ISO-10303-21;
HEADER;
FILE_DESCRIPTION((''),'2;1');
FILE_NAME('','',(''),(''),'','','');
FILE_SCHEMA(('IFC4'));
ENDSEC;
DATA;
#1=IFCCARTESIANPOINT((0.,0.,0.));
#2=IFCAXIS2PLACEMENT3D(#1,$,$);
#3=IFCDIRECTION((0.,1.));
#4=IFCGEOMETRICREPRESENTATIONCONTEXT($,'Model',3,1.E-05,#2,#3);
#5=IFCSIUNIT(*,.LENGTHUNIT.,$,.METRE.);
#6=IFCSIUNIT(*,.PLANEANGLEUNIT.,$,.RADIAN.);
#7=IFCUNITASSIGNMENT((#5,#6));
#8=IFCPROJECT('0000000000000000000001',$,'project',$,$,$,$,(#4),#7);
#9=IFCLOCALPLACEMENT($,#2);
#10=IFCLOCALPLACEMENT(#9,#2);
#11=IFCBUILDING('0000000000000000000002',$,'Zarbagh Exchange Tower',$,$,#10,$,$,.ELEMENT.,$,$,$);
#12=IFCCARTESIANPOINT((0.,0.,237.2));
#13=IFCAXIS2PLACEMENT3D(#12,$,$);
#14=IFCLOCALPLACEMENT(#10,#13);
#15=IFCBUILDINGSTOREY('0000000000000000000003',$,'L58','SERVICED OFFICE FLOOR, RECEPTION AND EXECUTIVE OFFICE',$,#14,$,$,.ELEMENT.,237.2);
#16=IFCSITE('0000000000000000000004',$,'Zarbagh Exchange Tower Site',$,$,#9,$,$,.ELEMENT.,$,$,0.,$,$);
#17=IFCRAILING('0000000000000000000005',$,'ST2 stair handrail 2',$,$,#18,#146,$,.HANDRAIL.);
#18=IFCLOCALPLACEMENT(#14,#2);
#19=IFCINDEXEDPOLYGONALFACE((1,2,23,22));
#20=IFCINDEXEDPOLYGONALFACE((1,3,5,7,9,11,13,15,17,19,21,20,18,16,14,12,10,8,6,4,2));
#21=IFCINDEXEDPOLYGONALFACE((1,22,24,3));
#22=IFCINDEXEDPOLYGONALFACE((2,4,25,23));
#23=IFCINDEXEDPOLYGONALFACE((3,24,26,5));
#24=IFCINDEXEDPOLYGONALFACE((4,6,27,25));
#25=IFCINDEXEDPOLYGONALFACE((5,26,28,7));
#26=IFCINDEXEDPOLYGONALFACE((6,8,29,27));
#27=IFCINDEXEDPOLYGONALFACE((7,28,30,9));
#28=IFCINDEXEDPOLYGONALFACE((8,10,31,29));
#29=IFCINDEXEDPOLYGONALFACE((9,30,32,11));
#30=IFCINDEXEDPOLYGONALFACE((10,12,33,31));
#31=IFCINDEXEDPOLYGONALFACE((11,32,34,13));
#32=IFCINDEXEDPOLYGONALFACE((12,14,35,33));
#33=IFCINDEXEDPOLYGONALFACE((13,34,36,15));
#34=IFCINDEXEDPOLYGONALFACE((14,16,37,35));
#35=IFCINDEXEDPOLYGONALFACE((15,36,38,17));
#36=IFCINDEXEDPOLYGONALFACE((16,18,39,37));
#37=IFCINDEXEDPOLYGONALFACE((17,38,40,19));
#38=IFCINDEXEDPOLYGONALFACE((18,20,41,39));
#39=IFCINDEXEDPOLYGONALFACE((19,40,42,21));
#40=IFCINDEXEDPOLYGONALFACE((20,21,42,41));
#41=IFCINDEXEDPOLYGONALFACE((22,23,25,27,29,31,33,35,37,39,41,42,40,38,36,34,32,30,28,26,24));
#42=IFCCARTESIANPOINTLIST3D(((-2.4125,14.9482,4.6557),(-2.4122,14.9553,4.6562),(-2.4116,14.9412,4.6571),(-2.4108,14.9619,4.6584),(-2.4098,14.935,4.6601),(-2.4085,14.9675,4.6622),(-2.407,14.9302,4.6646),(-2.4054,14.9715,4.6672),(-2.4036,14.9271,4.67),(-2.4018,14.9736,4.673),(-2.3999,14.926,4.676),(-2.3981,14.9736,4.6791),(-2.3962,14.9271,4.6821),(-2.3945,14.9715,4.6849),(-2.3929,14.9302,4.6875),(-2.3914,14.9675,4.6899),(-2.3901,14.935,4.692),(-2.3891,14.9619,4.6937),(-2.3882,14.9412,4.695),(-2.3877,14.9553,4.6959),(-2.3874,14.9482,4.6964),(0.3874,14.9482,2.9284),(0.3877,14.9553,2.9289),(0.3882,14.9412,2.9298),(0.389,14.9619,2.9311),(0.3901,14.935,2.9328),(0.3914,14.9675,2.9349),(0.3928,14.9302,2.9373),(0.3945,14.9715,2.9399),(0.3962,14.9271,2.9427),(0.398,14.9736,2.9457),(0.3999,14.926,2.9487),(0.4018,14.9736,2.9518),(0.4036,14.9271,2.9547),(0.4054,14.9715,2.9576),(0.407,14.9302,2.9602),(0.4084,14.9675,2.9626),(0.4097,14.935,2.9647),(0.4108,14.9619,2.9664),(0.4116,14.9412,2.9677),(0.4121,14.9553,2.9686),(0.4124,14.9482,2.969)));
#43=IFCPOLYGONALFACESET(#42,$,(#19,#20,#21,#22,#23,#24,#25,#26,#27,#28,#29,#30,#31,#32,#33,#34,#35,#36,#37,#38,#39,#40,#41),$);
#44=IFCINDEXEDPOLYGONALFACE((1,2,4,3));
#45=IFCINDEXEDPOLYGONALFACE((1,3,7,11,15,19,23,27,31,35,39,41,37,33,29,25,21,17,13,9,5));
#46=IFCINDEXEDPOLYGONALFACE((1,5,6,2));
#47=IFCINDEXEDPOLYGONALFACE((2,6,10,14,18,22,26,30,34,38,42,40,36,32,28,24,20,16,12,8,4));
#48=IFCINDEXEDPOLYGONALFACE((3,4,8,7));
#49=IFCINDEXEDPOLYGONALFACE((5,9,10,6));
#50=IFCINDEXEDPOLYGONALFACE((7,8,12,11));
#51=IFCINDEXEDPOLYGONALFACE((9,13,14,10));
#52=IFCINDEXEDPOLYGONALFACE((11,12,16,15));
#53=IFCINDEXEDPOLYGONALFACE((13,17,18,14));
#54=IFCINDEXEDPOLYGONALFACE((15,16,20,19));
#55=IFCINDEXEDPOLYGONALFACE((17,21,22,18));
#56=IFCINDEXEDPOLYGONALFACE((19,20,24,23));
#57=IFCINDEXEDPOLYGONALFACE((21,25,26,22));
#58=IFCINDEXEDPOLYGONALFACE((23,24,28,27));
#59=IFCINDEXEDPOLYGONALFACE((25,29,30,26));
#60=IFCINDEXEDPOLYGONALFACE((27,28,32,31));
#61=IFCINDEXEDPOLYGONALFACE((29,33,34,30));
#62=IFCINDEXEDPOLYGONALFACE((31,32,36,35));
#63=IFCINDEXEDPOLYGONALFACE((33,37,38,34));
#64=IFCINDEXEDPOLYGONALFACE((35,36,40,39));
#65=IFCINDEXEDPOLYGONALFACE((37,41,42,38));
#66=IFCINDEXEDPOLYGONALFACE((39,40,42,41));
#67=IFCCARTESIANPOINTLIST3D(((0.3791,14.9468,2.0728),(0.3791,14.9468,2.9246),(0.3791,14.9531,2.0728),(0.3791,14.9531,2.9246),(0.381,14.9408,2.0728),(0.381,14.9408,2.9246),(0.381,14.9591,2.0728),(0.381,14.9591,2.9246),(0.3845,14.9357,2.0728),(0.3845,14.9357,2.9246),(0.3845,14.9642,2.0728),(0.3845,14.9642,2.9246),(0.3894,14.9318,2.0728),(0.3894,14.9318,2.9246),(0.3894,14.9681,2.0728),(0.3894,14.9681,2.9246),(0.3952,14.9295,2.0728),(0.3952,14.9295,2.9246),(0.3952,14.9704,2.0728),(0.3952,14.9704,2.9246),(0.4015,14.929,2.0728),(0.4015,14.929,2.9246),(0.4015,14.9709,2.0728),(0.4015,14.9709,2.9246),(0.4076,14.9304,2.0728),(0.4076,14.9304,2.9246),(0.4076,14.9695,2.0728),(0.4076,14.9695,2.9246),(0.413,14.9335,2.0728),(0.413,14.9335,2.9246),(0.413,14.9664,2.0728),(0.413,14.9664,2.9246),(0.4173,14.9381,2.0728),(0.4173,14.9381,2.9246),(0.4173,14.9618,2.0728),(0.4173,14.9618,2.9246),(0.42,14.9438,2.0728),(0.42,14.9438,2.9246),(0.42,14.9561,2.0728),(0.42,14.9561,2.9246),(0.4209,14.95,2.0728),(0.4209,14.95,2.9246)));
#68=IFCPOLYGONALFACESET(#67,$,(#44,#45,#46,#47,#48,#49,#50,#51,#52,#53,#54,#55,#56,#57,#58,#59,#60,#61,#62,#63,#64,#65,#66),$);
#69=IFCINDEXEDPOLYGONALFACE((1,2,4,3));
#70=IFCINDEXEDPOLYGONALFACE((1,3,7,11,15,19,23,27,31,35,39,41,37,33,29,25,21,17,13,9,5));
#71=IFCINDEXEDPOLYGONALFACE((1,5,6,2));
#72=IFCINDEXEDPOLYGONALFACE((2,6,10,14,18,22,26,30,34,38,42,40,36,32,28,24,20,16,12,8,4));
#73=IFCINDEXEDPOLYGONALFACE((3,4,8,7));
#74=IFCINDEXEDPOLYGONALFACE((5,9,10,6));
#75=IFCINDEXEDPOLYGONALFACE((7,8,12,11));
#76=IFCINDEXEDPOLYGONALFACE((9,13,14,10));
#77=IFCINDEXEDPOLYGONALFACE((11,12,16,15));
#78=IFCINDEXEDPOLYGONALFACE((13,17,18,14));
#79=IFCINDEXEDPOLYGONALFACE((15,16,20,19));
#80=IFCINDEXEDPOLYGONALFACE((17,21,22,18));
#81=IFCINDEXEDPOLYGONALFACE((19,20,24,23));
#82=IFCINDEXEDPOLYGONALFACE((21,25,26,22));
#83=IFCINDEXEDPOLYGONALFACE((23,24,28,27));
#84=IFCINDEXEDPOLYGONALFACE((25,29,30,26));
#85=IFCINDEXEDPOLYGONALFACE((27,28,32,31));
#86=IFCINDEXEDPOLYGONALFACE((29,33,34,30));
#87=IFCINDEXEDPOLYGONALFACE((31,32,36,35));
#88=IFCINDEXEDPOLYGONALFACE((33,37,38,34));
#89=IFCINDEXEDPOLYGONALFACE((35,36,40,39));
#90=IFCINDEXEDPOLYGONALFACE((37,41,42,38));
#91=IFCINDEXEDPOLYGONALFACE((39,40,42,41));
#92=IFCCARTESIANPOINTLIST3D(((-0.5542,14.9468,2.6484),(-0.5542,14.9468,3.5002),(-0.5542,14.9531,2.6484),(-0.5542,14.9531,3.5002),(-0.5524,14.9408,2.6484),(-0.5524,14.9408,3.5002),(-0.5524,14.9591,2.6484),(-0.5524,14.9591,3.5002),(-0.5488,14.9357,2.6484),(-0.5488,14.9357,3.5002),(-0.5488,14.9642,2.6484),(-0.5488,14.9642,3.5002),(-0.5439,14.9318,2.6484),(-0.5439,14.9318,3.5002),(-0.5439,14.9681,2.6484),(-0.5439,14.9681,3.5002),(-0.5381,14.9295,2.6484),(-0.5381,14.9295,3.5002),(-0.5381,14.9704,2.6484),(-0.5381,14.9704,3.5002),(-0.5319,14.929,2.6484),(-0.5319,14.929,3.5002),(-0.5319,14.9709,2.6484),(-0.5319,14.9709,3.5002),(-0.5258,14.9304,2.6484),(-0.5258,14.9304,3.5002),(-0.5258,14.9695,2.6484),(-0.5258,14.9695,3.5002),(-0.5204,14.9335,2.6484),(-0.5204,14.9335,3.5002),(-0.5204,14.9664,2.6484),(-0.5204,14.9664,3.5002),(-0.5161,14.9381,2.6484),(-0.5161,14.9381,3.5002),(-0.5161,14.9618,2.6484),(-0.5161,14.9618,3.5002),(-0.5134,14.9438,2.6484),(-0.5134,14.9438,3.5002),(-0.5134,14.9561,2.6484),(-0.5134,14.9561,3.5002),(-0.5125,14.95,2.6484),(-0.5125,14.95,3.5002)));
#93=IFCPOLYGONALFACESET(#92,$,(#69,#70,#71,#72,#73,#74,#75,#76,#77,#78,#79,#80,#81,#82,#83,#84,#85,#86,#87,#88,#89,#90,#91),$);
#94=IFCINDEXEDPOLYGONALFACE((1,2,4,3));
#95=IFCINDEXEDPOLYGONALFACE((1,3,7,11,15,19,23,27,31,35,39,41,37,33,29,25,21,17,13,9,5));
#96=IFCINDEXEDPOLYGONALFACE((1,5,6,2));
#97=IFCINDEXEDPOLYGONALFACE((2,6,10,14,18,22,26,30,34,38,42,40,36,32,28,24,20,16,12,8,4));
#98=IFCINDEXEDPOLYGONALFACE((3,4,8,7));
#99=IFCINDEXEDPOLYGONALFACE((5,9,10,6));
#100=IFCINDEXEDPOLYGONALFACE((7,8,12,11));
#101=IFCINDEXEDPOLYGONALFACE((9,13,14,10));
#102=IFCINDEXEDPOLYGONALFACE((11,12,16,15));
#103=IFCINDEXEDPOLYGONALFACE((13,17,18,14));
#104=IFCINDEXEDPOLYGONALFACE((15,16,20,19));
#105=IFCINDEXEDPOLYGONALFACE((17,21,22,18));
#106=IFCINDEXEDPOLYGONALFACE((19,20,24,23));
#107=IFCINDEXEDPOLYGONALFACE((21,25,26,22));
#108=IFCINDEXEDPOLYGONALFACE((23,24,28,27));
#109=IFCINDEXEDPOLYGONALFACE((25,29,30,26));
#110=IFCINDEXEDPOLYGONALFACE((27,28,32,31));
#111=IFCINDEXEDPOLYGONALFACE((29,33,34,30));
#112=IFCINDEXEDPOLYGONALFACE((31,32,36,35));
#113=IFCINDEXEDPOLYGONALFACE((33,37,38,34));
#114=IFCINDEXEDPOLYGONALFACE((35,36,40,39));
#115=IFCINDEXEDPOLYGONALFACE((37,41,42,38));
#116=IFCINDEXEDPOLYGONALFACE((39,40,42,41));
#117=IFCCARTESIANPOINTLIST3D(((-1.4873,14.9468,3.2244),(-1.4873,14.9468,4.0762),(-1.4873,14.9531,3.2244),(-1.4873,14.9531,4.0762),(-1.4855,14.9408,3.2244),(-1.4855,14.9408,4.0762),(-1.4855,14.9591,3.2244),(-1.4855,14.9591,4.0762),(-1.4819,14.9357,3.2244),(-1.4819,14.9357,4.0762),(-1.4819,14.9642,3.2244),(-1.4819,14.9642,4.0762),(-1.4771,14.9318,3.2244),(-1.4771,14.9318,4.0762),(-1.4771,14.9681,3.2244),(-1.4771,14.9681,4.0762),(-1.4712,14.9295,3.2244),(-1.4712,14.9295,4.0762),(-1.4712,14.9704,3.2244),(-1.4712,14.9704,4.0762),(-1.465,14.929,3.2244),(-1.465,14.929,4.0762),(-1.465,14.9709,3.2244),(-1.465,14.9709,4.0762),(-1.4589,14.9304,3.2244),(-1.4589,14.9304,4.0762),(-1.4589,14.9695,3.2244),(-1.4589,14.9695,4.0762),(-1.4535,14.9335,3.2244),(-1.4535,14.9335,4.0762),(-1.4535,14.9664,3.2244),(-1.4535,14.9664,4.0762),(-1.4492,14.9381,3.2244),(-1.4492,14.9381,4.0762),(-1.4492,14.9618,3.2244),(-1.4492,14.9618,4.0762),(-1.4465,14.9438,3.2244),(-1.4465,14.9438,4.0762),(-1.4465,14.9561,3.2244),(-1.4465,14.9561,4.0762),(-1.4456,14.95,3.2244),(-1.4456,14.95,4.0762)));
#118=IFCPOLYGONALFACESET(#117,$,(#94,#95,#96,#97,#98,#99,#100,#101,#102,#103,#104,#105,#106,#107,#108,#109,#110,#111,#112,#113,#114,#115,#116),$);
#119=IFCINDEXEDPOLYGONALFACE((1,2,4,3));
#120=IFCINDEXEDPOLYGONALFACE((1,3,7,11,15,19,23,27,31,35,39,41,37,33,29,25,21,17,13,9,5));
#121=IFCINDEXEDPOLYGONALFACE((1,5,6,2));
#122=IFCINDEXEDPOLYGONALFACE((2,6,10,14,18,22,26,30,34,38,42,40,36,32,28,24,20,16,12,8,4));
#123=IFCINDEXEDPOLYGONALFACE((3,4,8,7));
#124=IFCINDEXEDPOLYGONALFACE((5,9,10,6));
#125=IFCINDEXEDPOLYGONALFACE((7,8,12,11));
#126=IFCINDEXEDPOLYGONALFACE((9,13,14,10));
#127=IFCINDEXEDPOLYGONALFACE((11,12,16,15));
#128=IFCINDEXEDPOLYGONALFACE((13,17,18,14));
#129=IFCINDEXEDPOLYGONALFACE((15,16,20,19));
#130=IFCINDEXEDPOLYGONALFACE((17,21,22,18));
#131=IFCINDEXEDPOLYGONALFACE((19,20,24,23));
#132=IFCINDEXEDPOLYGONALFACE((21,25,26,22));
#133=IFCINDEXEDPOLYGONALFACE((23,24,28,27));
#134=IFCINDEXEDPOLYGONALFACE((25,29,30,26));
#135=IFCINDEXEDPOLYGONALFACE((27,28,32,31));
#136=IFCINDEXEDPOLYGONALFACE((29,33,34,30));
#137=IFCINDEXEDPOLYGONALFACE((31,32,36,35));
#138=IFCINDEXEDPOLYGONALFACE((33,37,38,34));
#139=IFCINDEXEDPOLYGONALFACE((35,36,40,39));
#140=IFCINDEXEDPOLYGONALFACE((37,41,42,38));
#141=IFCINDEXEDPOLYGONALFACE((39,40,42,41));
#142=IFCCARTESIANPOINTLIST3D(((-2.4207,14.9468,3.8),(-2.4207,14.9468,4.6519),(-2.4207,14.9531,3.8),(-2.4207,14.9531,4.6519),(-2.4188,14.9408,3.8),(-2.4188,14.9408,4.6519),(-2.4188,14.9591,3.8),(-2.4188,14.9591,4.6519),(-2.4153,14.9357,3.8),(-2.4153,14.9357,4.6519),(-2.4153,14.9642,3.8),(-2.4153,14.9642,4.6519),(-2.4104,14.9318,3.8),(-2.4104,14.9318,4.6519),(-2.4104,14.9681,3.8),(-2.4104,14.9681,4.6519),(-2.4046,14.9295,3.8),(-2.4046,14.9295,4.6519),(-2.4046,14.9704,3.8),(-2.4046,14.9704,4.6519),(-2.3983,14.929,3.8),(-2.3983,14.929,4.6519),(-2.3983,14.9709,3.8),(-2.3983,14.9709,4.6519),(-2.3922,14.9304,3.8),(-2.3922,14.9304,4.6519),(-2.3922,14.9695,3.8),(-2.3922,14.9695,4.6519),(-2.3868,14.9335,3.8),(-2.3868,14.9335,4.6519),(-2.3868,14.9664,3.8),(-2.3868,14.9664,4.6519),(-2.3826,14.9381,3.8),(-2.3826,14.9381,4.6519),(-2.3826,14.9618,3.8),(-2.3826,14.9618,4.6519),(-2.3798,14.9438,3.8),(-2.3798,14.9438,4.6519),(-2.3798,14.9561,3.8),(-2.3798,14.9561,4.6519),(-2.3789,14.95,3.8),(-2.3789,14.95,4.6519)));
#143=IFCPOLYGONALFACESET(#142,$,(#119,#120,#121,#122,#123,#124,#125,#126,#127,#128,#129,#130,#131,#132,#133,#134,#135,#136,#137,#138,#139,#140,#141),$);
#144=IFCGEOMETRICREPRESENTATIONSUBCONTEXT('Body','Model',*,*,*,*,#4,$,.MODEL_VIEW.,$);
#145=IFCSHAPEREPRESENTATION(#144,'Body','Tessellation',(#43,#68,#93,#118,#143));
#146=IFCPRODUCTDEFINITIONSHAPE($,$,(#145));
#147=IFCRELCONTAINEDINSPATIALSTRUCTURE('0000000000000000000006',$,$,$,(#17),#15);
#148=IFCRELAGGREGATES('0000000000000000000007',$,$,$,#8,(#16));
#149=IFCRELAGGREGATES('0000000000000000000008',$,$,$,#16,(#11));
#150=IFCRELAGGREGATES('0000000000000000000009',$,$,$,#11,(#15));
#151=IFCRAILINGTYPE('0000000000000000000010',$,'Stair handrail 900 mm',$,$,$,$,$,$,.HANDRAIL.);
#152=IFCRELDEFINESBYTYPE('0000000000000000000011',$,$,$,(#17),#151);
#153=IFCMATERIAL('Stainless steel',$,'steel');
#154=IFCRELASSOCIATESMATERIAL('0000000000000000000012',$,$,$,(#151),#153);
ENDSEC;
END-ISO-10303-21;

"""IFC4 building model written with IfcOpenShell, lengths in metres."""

from ifc_helpers import new_model, si_unit, direction, frame, origin, origin_2d, place, context, subcontext, project, spatial, circle, extrude, material, type_object, element, save


model = new_model("IFC4")

# Units and contexts
model_context = context("Model", 3, precision=1e-05, world=origin(), true_north=direction((0.0, 1.0)))
body_context = subcontext(model_context, "Body", "Model", "MODEL_VIEW")
ifc_project = project(units=[si_unit("LENGTHUNIT", "METRE"), si_unit("PLANEANGLEUNIT", "RADIAN")], contexts=[model_context])

# Site, building, storey
site_placement = place(None, origin())
site = spatial("IfcSite", under=ifc_project, at=site_placement, Name="Zarbagh Exchange Tower Site", CompositionType="ELEMENT", RefElevation=0.0)
building_placement = place(site_placement, origin())
building = spatial("IfcBuilding", under=site, at=building_placement, Name="Zarbagh Exchange Tower", CompositionType="ELEMENT")
storey_placement = place(building_placement, frame((0.0, 0.0, 237.2)))
storey = spatial("IfcBuildingStorey", under=building, at=storey_placement, Name="L58", Description="SERVICED OFFICE FLOOR, RECEPTION AND EXECUTIVE OFFICE", CompositionType="ELEMENT", Elevation=237.2)

# Shared definitions
ifc_material_1 = material(Name="Stainless steel", Category="steel")

# Railing
railing_type = type_object("IfcRailingType", Name="Stair handrail 900 mm", PredefinedType="HANDRAIL", material=ifc_material_1)
railing_placement = place(storey_placement, frame((0.3999, 14.95, 2.0728)))
element("IfcRailing", 1, at=railing_placement, inside=storey, type_object=railing_type, Name="ST2 stair handrail 2", PredefinedType="HANDRAIL", context=body_context, shape_type="SweptSolid", body=[
    extrude(circle(Radius=0.0239, at=origin_2d()), frame((0.0, 0.0, 0.876), z_axis=(-0.851069, 0.0, 0.525054), x_axis=(0.0, -1.0, 0.0)), (0.0, 0.0, 1.0), 3.2898),
    extrude(circle(Radius=0.021, at=origin_2d()), origin(), (0.0, 0.0, 1.0), 0.8518),
    extrude(circle(Radius=0.021, at=origin_2d()), frame((-0.9333, 0.0, 0.5757)), (0.0, 0.0, 1.0), 0.8518),
    extrude(circle(Radius=0.021, at=origin_2d()), frame((-1.8665, 0.0, 1.1516)), (0.0, 0.0, 1.0), 0.8518),
    extrude(circle(Radius=0.021, at=origin_2d()), frame((-2.7998, 0.0, 1.7273)), (0.0, 0.0, 1.0), 0.8518),
])

save(model, "model.ifc")
